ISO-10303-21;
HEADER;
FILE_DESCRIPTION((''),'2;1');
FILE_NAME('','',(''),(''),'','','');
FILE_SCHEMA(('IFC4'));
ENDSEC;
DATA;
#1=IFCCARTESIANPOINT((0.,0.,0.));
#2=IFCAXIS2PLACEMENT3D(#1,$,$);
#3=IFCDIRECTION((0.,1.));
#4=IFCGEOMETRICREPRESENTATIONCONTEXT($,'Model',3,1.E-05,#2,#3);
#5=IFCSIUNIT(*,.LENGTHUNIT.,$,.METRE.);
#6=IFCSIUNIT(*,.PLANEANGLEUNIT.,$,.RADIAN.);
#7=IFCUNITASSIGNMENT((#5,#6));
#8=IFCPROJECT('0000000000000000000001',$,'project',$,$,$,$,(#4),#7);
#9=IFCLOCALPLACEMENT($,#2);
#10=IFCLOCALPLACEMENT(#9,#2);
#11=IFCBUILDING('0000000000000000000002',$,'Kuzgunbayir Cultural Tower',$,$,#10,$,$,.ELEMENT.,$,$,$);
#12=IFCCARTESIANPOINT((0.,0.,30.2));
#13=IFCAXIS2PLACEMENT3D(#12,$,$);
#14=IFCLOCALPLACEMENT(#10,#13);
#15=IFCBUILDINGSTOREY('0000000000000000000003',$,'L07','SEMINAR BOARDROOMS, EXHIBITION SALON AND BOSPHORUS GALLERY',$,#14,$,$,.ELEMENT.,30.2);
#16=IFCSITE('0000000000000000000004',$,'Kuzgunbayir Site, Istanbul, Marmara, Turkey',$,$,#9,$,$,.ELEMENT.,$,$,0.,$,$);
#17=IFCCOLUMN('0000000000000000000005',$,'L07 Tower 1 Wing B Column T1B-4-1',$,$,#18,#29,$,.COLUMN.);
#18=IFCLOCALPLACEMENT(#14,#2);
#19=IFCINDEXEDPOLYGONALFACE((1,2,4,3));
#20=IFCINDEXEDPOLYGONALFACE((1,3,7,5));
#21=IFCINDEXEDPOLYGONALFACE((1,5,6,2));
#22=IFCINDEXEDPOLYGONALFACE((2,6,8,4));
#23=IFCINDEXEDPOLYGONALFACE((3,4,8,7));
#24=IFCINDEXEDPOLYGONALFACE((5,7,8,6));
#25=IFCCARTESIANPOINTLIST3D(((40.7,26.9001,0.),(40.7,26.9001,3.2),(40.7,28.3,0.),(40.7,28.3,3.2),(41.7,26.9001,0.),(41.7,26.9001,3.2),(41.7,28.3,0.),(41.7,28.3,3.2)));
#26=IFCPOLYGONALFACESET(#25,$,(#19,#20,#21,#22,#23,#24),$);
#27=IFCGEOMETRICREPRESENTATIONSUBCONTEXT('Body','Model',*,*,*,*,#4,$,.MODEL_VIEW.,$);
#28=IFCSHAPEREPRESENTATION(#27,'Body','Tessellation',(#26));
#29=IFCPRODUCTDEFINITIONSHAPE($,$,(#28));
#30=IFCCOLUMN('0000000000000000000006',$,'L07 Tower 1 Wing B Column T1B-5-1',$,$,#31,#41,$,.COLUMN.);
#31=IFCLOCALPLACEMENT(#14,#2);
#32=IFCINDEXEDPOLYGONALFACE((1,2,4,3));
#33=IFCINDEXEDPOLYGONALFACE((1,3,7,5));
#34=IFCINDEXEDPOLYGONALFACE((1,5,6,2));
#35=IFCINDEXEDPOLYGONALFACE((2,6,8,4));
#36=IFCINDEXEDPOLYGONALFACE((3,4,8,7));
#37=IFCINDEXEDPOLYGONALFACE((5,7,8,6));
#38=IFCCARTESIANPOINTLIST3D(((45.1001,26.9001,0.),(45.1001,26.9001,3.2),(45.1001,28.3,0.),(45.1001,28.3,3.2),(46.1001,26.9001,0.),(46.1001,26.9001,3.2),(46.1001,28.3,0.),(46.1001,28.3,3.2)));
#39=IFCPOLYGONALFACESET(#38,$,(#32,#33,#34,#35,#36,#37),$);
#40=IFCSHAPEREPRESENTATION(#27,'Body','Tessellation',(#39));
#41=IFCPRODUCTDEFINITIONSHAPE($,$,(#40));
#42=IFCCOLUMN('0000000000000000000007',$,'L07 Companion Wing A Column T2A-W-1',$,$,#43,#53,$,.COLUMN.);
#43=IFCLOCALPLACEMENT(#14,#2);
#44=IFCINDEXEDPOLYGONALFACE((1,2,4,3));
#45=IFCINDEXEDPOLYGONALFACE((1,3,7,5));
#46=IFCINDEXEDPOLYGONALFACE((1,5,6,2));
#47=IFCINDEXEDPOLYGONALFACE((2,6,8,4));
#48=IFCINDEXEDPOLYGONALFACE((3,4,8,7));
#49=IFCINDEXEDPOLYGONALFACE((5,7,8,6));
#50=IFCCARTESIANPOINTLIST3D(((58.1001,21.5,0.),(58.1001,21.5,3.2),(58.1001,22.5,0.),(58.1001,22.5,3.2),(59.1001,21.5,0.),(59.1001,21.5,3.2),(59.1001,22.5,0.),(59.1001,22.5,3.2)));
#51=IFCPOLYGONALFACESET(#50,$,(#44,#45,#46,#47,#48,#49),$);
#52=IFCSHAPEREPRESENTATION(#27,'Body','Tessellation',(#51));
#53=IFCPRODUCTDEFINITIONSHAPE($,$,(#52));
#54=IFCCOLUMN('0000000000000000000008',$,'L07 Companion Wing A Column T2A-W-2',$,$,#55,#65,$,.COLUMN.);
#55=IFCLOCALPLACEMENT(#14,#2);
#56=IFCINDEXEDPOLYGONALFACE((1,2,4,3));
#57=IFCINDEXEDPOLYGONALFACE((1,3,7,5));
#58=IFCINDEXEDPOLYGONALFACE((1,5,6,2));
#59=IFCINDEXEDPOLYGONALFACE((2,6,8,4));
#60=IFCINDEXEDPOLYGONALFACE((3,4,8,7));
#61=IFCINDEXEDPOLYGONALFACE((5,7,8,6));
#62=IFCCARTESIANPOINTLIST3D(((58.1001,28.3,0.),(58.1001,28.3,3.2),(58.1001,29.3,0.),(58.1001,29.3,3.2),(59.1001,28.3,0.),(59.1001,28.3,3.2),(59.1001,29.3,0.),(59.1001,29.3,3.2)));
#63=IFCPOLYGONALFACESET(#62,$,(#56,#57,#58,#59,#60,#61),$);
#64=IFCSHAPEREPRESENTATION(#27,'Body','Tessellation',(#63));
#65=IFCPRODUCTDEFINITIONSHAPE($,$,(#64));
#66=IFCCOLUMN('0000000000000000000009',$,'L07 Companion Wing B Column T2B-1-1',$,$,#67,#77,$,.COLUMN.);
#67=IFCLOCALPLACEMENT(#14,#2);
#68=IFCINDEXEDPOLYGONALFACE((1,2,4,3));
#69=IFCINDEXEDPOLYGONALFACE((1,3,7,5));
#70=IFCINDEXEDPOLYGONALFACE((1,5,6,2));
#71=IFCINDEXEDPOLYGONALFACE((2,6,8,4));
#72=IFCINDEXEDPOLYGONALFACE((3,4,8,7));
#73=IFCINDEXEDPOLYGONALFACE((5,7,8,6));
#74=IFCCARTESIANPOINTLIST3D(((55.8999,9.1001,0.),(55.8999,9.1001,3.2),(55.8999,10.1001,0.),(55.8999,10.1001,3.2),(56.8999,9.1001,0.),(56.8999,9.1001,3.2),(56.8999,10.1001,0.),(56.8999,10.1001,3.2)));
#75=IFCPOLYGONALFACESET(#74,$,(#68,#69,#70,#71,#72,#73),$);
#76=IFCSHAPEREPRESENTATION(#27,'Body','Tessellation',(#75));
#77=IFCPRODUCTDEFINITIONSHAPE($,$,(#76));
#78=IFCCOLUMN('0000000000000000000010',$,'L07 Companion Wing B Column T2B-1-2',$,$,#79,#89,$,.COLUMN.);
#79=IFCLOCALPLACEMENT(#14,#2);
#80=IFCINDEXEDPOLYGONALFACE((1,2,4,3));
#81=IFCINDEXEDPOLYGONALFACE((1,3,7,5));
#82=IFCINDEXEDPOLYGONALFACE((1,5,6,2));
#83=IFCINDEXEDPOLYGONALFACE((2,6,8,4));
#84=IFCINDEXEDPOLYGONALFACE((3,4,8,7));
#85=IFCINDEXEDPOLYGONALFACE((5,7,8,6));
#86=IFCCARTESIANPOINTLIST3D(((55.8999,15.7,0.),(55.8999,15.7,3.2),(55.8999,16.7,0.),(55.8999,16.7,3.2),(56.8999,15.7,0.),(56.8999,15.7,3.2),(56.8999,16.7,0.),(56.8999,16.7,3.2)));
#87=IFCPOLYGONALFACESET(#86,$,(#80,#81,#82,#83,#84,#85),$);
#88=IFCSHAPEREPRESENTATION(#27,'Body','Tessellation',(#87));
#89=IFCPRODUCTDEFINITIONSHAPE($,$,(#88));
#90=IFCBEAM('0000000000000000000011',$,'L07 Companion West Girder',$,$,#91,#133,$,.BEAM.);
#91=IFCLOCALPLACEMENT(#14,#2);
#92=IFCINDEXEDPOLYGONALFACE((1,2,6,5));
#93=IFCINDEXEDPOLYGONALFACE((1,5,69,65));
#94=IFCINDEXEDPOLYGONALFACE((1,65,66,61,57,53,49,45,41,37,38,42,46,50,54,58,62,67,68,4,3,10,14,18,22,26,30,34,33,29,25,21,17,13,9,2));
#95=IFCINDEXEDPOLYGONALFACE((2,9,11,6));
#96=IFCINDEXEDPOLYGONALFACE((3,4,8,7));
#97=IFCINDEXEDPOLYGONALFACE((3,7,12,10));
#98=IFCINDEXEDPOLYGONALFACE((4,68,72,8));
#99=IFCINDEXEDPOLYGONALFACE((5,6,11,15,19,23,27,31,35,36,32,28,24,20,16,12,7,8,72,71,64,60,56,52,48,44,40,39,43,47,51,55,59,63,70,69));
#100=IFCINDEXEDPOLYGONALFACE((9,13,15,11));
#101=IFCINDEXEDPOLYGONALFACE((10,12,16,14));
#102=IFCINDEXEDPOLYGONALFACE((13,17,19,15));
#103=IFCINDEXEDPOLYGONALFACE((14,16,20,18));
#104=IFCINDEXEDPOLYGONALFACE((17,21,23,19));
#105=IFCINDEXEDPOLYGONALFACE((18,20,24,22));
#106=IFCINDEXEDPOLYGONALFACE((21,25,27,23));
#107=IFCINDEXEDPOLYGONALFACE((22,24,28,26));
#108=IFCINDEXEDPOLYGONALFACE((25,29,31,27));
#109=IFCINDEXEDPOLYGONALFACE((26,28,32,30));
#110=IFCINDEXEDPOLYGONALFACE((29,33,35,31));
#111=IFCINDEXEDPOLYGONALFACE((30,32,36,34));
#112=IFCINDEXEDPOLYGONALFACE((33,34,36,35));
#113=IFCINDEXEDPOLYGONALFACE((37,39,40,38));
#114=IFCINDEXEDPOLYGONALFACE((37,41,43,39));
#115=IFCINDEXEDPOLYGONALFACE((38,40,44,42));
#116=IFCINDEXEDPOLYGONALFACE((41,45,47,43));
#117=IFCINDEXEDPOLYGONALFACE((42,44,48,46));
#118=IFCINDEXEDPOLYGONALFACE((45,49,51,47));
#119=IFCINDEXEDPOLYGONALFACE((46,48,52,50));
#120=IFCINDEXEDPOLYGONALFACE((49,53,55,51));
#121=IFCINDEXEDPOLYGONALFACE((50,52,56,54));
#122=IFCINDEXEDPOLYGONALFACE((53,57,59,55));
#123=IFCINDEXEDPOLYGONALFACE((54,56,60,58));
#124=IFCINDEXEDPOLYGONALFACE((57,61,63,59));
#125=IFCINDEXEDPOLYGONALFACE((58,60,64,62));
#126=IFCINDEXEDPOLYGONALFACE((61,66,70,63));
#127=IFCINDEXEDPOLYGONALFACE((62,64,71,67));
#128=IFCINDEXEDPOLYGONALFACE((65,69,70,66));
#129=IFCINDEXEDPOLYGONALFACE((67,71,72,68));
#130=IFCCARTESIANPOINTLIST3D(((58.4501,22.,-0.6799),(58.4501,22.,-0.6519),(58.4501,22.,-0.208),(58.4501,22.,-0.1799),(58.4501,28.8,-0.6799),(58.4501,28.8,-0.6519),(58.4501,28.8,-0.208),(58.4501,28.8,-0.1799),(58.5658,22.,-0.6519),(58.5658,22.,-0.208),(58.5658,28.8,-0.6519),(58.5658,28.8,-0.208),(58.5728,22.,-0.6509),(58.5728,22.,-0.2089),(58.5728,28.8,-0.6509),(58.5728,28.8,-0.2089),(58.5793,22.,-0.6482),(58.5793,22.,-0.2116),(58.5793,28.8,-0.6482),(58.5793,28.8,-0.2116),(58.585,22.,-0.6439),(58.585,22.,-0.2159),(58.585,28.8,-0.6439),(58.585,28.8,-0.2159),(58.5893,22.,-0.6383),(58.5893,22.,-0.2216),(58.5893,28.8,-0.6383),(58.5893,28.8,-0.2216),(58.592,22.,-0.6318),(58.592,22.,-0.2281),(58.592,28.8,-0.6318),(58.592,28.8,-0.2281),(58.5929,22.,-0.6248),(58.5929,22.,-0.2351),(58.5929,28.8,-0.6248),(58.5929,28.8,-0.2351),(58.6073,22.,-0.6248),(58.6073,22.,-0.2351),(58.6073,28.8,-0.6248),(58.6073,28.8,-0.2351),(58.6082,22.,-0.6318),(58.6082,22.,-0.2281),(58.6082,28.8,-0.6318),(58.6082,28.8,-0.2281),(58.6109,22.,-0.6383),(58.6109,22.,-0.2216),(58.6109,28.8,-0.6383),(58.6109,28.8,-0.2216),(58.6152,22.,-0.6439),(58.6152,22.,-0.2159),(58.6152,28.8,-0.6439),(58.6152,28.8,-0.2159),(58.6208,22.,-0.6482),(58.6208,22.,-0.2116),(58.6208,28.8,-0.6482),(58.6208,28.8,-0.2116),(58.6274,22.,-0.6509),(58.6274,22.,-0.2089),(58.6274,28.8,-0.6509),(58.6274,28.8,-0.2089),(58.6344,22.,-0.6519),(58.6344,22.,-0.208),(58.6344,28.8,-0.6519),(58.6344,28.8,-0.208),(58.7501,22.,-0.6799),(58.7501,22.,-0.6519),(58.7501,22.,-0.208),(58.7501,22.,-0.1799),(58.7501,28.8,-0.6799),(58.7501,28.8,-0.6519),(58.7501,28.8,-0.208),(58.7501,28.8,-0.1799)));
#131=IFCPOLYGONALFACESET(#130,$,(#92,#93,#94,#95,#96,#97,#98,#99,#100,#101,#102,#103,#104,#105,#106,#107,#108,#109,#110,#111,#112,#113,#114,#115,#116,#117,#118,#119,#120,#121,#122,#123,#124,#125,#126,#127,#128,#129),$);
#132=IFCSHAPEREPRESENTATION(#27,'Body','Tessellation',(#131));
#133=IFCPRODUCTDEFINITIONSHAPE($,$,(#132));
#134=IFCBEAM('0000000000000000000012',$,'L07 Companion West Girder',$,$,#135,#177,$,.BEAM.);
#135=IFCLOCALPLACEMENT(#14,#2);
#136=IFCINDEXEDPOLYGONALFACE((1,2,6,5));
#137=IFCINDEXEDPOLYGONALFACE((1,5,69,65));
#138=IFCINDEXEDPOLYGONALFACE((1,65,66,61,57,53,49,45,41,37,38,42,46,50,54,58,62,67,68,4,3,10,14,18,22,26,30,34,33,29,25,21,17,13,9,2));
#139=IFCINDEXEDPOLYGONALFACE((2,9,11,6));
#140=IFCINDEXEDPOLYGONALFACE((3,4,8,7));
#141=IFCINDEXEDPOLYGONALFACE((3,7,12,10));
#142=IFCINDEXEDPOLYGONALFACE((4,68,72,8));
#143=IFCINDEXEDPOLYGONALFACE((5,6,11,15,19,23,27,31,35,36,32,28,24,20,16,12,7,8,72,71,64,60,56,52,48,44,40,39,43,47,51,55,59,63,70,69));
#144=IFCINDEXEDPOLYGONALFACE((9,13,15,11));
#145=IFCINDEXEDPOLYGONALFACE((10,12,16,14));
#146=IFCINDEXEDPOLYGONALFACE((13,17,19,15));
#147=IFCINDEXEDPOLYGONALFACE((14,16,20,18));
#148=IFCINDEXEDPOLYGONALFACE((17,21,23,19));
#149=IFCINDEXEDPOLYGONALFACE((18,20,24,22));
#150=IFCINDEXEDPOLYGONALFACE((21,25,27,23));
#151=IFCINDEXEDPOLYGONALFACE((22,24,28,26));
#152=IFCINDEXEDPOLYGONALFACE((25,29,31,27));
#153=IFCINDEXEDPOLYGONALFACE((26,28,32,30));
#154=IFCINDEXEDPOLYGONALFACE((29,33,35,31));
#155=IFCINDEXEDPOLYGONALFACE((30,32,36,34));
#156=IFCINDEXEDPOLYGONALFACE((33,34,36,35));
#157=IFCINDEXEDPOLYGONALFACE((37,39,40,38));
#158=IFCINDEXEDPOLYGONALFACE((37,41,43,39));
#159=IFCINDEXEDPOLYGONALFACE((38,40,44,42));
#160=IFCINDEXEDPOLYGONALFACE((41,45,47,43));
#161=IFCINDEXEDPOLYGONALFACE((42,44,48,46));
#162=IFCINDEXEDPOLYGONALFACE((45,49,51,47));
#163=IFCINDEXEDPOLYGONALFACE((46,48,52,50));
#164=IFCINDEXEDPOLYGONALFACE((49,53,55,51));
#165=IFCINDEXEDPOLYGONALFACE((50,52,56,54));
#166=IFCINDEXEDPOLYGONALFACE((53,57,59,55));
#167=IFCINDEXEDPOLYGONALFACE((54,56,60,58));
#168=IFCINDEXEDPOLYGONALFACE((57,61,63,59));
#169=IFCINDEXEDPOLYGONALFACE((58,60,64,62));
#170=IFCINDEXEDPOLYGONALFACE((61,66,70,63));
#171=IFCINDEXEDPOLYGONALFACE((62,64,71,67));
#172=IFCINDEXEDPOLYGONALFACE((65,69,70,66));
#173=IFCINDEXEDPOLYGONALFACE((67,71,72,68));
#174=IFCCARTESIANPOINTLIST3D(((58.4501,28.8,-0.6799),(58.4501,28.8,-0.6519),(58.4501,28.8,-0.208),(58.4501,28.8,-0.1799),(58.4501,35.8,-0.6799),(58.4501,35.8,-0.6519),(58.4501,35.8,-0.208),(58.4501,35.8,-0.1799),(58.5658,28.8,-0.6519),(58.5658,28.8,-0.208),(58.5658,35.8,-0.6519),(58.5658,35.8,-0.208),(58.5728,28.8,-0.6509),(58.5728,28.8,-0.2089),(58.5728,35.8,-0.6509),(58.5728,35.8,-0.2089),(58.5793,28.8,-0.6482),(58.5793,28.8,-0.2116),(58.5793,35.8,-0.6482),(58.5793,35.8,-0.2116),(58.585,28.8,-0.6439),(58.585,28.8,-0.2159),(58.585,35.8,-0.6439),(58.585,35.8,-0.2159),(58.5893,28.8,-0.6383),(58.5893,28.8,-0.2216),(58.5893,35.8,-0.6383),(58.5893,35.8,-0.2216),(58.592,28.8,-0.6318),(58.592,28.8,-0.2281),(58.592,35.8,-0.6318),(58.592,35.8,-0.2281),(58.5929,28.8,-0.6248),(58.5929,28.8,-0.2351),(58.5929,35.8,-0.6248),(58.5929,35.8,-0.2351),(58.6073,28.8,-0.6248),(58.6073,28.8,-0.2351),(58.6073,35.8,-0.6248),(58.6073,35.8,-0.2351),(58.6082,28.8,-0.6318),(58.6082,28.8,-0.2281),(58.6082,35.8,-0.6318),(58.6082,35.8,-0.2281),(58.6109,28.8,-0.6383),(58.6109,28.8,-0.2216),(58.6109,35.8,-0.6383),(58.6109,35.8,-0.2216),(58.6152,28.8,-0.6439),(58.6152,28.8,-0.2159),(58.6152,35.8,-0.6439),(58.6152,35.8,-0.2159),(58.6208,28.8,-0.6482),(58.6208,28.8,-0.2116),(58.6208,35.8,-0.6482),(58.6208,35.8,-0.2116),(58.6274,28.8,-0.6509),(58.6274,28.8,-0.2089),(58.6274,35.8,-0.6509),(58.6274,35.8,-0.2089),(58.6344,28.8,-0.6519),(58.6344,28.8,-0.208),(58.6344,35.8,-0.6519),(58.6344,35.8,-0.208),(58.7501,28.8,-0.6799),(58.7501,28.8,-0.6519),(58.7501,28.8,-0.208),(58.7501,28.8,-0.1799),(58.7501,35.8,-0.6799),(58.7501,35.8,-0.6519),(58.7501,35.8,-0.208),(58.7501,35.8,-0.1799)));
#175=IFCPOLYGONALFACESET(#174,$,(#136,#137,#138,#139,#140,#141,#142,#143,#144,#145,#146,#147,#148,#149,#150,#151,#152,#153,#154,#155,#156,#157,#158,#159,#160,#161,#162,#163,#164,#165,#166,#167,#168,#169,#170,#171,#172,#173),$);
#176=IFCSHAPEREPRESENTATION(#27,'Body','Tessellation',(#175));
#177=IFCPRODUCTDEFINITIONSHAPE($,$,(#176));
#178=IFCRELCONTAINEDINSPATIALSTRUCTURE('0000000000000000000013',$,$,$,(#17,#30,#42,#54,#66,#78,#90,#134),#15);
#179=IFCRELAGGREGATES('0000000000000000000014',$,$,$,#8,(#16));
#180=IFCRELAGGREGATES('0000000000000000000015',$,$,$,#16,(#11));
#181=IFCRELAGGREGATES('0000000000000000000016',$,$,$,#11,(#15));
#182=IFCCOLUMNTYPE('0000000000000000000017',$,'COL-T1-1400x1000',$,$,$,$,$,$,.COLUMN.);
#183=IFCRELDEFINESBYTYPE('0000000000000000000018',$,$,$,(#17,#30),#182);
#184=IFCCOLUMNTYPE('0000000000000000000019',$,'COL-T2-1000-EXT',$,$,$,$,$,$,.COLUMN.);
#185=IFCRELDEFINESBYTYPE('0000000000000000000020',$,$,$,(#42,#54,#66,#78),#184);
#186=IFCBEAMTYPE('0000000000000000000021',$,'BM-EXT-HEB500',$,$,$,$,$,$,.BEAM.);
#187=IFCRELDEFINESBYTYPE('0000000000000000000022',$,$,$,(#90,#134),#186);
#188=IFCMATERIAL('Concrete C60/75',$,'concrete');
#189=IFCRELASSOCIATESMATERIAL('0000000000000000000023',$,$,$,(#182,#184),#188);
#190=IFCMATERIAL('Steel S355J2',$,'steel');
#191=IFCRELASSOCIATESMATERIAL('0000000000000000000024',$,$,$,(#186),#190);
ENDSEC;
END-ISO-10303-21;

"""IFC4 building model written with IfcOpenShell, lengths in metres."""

from ifc_helpers import new_model, si_unit, direction, frame, origin, origin_2d, place, context, subcontext, project, spatial, rectangle, i_section, extrude, material, material_profile, profile_set, type_object, element, save


model = new_model("IFC4")

# Units and contexts
model_context = context("Model", 3, precision=1e-05, world=origin(), true_north=direction((0.0, 1.0)))
body_context = subcontext(model_context, "Body", "Model", "MODEL_VIEW")
ifc_project = project(units=[si_unit("LENGTHUNIT", "METRE"), si_unit("PLANEANGLEUNIT", "RADIAN")], contexts=[model_context])

# Site, building, storey
site_placement = place(None, origin())
site = spatial("IfcSite", under=ifc_project, at=site_placement, Name="Kuzgunbayir Site, Istanbul, Marmara, Turkey", CompositionType="ELEMENT", RefElevation=0.0)
building_placement = place(site_placement, origin())
building = spatial("IfcBuilding", under=site, at=building_placement, Name="Kuzgunbayir Cultural Tower", CompositionType="ELEMENT")
storey_placement = place(building_placement, frame((0.0, 0.0, 30.2)))
storey = spatial("IfcBuildingStorey", under=building, at=storey_placement, Name="L07", Description="SEMINAR BOARDROOMS, EXHIBITION SALON AND BOSPHORUS GALLERY", CompositionType="ELEMENT", Elevation=30.2)

# Columns
ifc_material_1 = material(Name="Concrete C60/75", Category="concrete")
ifc_material_profile_1 = material_profile(ifc_material_1, rectangle(XDim=1.0, YDim=1.3999, at=origin_2d()), Name="RC 1400x1000")
ifc_profile_set_1 = profile_set([ifc_material_profile_1], Name="Concrete C60/75")
column_type_1 = type_object("IfcColumnType", Name="COL-T1-1400x1000", PredefinedType="COLUMN", material=ifc_profile_set_1)
for number, where, z_axis, x_axis, name in (
    (1, (41.2, 27.6001, 0.0), (0.0, 0.0, 1.0), (1.0, 0.0, 0.0), "L07 Tower 1 Wing B Column T1B-4-1"),
    (2, (45.6001, 27.6001, 0.0), (0.0, 0.0, 1.0), (1.0, 0.0, 0.0), "L07 Tower 1 Wing B Column T1B-5-1"),
):
    element("IfcColumn", number, at=place(storey_placement, frame(where, z_axis=z_axis, x_axis=x_axis)), inside=storey, type_object=column_type_1, Name=name, PredefinedType="COLUMN", context=body_context, shape_type="SweptSolid", body=[
        extrude(rectangle(XDim=1.0, YDim=1.3999, at=origin_2d()), origin(), (0.0, 0.0, 1.0), 3.2),
    ])
ifc_material_profile_2 = material_profile(ifc_material_1, rectangle(XDim=1.0, YDim=1.0, at=origin_2d()), Name="RC 1000x1000")
ifc_profile_set_2 = profile_set([ifc_material_profile_2], Name="Concrete C60/75")
column_type_2 = type_object("IfcColumnType", Name="COL-T2-1000-EXT", PredefinedType="COLUMN", material=ifc_profile_set_2)
for number, where, z_axis, x_axis, name in (
    (3, (58.6001, 22.0, 0.0), (0.0, 0.0, 1.0), (1.0, 0.0, 0.0), "L07 Companion Wing A Column T2A-W-1"),
    (4, (58.6001, 28.8, 0.0), (0.0, 0.0, 1.0), (1.0, 0.0, 0.0), "L07 Companion Wing A Column T2A-W-2"),
    (5, (56.3999, 9.6001, 0.0), (0.0, 0.0, 1.0), (1.0, 0.0, 0.0), "L07 Companion Wing B Column T2B-1-1"),
    (6, (56.3999, 16.2, 0.0), (0.0, 0.0, 1.0), (1.0, 0.0, 0.0), "L07 Companion Wing B Column T2B-1-2"),
):
    element("IfcColumn", number, at=place(storey_placement, frame(where, z_axis=z_axis, x_axis=x_axis)), inside=storey, type_object=column_type_2, Name=name, PredefinedType="COLUMN", context=body_context, shape_type="SweptSolid", body=[
        extrude(rectangle(XDim=1.0, YDim=1.0, at=origin_2d()), origin(), (0.0, 0.0, 1.0), 3.2),
    ])

# Beams
ifc_material_2 = material(Name="Steel S355J2", Category="steel")
ifc_material_profile_3 = material_profile(ifc_material_2, i_section(OverallWidth=0.3, OverallDepth=0.5, WebThickness=0.0144, FlangeThickness=0.0281, FilletRadius=0.0271, at=origin_2d()), Name="HEB 500")
ifc_profile_set_3 = profile_set([ifc_material_profile_3], Name="Steel S355J2")
beam_type_1 = type_object("IfcBeamType", Name="BM-EXT-HEB500", PredefinedType="BEAM", material=ifc_profile_set_3)
beam_1_placement = place(storey_placement, frame((58.6001, 22.0, -0.4299), z_axis=(0.0, 1.0, 0.0), x_axis=(-1.0, 0.0, 0.0)))
element("IfcBeam", 7, at=beam_1_placement, inside=storey, type_object=beam_type_1, Name="L07 Companion West Girder", PredefinedType="BEAM", context=body_context, shape_type="SweptSolid", body=[
    extrude(i_section(OverallWidth=0.3, OverallDepth=0.5, WebThickness=0.0144, FlangeThickness=0.0281, FilletRadius=0.0271, at=origin_2d()), origin(), (0.0, 0.0, 1.0), 6.8),
])
beam_2_placement = place(storey_placement, frame((58.6001, 28.8, -0.4299), z_axis=(0.0, 1.0, 0.0), x_axis=(-1.0, 0.0, 0.0)))
element("IfcBeam", 8, at=beam_2_placement, inside=storey, type_object=beam_type_1, Name="L07 Companion West Girder", PredefinedType="BEAM", context=body_context, shape_type="SweptSolid", body=[
    extrude(i_section(OverallWidth=0.3, OverallDepth=0.5, WebThickness=0.0144, FlangeThickness=0.0281, FilletRadius=0.0271, at=origin_2d()), origin(), (0.0, 0.0, 1.0), 7.0),
])

save(model, "model.ifc")
